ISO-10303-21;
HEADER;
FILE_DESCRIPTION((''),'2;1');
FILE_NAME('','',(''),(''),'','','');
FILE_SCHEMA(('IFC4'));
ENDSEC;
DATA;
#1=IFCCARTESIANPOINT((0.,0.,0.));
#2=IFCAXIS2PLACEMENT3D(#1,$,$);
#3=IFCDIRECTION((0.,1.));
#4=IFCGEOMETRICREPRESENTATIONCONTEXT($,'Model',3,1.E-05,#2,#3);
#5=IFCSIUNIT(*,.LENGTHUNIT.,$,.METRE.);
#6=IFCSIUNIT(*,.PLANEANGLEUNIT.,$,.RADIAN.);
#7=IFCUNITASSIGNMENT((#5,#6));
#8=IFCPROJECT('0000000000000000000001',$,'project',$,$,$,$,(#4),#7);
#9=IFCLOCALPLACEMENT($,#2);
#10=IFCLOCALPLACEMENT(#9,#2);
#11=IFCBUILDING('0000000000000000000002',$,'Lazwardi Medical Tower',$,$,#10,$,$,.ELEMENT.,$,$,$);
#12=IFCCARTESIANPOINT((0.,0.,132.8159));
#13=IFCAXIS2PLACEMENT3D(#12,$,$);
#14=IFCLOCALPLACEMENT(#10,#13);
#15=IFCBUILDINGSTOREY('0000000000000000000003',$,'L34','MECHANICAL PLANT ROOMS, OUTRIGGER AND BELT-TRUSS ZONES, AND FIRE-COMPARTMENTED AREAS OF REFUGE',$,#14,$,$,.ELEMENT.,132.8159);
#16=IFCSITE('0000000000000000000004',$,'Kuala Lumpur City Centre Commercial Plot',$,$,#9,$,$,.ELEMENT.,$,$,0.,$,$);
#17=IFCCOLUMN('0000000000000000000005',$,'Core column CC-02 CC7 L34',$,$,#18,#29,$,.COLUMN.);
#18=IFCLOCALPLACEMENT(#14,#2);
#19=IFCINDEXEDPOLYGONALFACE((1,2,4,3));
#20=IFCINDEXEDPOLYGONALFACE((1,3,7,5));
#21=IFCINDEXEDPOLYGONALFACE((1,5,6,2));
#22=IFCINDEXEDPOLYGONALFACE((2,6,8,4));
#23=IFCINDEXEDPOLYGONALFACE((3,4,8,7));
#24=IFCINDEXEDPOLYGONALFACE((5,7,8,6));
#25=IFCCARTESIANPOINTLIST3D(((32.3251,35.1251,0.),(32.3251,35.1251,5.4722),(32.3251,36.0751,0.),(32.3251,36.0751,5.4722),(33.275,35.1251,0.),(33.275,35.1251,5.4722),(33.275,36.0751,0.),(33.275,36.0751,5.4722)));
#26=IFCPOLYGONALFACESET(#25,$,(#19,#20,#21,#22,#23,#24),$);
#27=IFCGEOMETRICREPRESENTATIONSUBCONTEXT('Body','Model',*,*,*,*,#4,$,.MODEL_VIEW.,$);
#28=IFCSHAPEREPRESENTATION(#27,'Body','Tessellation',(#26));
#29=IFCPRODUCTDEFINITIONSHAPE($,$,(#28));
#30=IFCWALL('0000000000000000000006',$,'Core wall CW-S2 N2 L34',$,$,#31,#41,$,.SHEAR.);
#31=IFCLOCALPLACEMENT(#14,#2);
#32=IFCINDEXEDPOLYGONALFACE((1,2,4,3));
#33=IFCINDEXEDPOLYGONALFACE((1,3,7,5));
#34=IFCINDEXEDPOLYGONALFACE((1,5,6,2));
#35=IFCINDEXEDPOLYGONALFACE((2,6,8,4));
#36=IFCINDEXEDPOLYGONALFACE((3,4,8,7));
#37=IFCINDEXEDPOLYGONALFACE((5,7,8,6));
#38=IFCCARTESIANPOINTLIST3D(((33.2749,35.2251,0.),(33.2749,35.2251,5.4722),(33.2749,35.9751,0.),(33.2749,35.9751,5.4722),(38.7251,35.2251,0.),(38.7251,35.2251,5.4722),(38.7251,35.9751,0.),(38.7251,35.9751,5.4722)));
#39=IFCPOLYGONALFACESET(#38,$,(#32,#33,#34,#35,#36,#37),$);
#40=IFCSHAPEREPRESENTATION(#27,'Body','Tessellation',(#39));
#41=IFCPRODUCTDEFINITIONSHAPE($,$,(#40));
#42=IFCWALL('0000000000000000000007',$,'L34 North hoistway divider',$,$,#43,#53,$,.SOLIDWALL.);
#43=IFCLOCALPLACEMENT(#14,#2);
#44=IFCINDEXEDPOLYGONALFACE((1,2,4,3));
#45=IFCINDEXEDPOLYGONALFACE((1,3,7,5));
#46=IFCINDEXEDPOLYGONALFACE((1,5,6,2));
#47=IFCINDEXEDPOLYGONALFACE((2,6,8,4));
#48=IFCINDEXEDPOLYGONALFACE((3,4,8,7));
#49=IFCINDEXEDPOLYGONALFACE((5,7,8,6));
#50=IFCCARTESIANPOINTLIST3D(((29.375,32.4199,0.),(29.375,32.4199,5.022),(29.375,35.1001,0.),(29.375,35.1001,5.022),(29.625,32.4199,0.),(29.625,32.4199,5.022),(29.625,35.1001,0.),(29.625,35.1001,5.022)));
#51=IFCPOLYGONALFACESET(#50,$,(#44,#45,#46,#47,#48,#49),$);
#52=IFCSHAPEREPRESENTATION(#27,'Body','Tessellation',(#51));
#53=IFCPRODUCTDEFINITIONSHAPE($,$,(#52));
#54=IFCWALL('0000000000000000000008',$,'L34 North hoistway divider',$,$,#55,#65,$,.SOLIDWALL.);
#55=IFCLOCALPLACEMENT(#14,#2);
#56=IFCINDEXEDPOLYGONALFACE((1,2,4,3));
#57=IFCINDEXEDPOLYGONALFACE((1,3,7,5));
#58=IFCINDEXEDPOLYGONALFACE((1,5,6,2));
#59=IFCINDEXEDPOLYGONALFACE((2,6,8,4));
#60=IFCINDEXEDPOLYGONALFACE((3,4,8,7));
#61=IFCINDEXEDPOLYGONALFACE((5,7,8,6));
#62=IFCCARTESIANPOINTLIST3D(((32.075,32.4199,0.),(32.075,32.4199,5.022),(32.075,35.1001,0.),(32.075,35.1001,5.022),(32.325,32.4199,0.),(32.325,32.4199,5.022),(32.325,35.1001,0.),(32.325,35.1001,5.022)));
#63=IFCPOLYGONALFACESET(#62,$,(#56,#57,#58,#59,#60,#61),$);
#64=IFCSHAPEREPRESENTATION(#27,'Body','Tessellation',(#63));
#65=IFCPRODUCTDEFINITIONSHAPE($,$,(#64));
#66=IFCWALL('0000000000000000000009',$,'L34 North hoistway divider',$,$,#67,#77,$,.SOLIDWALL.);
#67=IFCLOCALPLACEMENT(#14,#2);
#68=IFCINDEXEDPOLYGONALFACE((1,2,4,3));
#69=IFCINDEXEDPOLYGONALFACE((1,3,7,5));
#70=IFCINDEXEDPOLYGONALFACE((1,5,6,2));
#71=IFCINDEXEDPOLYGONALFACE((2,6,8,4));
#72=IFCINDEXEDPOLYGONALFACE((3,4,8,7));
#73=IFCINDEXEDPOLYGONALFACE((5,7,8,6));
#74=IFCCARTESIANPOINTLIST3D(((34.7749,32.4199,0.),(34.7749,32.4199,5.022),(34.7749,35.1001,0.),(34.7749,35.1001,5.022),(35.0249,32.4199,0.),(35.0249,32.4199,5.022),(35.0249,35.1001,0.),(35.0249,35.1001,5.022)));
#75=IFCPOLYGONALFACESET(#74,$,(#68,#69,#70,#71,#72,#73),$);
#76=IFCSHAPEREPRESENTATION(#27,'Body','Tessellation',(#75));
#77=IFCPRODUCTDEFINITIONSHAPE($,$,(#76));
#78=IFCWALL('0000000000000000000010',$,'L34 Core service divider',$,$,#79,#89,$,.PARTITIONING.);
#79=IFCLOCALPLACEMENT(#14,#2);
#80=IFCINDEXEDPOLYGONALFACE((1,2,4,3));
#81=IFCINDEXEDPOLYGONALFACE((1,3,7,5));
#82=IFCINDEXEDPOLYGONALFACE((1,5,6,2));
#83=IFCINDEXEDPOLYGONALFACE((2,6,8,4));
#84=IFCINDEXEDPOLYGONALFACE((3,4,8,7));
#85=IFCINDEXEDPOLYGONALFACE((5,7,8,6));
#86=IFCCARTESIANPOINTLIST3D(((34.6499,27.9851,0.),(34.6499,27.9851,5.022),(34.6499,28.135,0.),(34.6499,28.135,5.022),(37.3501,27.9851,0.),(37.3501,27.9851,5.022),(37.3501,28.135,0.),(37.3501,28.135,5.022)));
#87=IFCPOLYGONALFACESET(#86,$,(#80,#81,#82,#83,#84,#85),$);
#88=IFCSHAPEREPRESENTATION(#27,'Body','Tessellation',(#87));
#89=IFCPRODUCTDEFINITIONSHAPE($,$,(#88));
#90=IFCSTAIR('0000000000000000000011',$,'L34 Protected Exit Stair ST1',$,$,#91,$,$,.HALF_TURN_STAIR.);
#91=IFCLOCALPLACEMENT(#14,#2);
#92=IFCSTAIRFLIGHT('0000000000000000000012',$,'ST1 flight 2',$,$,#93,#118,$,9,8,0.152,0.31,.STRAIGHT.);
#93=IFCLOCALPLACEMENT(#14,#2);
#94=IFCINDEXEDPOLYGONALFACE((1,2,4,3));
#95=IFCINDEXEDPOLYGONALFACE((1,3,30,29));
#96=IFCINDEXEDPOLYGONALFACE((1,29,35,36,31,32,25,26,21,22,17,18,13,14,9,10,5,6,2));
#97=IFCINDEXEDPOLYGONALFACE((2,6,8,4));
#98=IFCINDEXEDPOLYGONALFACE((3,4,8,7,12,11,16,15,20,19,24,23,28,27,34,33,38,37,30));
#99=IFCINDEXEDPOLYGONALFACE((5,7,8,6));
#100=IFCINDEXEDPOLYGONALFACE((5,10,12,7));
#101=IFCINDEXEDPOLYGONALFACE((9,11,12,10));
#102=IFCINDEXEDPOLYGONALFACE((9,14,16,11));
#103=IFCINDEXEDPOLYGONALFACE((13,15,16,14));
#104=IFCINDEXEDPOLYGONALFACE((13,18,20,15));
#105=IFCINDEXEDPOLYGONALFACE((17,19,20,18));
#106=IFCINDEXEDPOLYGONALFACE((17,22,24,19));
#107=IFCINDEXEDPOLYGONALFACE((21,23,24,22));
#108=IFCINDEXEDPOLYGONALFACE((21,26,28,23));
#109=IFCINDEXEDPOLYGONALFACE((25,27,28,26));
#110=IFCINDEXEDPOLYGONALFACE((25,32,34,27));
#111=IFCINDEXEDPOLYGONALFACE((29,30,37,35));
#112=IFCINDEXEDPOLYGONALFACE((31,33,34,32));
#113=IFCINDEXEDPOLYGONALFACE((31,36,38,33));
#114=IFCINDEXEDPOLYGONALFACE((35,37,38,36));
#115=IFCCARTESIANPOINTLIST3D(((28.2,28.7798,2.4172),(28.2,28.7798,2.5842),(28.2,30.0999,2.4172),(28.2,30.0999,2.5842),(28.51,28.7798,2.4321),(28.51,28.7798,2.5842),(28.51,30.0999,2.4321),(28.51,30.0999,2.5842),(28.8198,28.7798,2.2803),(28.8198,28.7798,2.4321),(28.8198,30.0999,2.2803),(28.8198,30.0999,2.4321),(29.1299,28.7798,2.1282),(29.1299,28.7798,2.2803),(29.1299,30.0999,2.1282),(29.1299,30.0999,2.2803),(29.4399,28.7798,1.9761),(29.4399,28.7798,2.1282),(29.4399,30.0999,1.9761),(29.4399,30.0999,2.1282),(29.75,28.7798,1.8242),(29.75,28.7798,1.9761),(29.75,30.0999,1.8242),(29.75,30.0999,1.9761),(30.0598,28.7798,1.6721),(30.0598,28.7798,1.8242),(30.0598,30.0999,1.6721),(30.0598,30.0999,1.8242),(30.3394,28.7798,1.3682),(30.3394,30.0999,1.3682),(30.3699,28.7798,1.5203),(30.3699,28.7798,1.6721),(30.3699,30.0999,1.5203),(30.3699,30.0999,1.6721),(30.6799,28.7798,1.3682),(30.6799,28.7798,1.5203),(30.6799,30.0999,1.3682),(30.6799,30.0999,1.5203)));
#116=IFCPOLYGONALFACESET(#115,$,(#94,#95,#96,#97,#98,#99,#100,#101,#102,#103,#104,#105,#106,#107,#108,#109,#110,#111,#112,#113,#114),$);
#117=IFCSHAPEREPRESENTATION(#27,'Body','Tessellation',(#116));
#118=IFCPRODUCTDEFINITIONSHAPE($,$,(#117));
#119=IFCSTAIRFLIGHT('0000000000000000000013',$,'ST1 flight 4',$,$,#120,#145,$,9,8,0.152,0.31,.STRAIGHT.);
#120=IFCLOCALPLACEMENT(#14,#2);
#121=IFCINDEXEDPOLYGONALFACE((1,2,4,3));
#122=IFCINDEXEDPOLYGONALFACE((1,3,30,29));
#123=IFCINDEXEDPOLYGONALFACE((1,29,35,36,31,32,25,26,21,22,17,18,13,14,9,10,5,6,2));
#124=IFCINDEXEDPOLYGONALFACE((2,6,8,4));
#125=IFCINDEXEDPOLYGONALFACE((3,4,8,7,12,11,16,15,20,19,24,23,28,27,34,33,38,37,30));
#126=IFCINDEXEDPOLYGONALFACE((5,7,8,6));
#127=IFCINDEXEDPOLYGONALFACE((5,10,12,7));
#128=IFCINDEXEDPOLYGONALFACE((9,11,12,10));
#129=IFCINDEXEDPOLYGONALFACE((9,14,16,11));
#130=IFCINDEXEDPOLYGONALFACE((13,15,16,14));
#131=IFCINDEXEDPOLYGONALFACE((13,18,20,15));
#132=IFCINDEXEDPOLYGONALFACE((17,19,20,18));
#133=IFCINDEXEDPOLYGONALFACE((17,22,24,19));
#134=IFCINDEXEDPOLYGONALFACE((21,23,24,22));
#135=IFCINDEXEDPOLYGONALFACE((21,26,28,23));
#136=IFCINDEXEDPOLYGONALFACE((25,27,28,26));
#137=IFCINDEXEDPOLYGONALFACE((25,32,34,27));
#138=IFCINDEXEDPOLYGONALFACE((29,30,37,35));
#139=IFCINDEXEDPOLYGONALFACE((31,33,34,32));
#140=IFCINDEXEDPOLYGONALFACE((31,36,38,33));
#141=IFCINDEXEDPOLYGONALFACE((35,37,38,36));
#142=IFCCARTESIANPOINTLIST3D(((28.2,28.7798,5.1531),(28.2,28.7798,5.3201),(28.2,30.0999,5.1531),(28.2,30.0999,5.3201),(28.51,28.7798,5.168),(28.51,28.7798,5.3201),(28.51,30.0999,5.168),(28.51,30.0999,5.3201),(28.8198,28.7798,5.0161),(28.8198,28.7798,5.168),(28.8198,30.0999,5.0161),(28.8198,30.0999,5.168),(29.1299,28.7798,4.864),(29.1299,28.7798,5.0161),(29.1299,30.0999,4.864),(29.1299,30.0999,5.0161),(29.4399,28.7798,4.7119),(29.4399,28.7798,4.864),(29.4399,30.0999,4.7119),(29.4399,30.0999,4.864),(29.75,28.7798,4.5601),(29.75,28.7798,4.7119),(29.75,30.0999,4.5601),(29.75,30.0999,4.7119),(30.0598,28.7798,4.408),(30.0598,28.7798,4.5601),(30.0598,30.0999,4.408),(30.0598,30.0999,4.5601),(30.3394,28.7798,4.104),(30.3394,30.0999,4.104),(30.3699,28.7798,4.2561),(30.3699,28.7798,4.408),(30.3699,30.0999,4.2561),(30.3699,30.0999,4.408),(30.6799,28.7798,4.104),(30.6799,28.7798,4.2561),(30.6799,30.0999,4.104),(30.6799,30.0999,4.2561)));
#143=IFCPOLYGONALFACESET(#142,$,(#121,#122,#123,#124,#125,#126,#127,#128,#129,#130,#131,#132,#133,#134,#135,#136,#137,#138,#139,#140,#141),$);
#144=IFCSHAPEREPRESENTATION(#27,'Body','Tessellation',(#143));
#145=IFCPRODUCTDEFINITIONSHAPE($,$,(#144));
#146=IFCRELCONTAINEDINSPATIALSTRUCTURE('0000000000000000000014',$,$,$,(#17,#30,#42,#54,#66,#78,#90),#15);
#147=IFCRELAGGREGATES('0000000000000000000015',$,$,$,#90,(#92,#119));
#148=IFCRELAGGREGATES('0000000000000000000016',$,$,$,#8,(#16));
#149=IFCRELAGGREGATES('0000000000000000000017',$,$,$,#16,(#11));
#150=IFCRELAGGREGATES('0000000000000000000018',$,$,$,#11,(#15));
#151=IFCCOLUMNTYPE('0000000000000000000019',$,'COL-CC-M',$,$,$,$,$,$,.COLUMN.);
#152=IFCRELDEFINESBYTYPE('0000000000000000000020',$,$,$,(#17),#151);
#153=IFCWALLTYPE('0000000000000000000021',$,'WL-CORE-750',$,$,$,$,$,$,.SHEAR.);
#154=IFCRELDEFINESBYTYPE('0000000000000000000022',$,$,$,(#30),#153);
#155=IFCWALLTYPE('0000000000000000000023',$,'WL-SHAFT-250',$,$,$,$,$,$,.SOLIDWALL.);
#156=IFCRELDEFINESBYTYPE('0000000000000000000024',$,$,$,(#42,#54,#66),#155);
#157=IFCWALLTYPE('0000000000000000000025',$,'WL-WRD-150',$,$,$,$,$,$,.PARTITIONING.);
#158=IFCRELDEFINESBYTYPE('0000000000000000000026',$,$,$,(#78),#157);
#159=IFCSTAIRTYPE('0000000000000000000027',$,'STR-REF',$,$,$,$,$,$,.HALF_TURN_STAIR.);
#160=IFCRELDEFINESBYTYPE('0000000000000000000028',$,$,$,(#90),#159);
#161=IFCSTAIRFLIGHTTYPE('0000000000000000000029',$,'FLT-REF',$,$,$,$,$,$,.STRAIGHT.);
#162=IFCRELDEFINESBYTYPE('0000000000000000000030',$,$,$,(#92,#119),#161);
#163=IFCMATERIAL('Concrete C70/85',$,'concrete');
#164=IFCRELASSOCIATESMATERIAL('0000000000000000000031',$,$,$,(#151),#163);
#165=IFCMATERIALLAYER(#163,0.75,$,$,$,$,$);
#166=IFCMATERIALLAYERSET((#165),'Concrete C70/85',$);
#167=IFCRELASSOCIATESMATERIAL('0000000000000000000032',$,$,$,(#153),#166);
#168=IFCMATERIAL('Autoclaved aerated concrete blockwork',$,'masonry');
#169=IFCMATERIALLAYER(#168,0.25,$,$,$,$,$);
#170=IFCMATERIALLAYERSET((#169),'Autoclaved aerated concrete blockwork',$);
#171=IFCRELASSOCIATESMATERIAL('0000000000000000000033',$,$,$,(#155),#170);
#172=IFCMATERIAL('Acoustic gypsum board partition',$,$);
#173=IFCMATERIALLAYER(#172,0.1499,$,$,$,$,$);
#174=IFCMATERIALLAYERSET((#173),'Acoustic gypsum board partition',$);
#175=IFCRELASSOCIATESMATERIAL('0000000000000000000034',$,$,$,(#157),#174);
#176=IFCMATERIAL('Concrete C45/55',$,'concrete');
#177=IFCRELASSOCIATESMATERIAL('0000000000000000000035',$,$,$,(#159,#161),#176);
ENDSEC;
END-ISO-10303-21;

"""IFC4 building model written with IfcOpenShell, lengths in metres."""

from ifc_helpers import new_model, si_unit, direction, frame, frame_2d, origin, origin_2d, place, context, subcontext, project, spatial, polyline, rectangle, outline, extrude, material, layer, layer_set, material_profile, profile_set, type_object, element, aggregate, save


model = new_model("IFC4")

# Units and contexts
model_context = context("Model", 3, precision=1e-05, world=origin(), true_north=direction((0.0, 1.0)))
body_context = subcontext(model_context, "Body", "Model", "MODEL_VIEW")
ifc_project = project(units=[si_unit("LENGTHUNIT", "METRE"), si_unit("PLANEANGLEUNIT", "RADIAN")], contexts=[model_context])

# Site, building, storey
site_placement = place(None, origin())
site = spatial("IfcSite", under=ifc_project, at=site_placement, Name="Kuala Lumpur City Centre Commercial Plot", CompositionType="ELEMENT", RefElevation=0.0)
building_placement = place(site_placement, origin())
building = spatial("IfcBuilding", under=site, at=building_placement, Name="Lazwardi Medical Tower", CompositionType="ELEMENT")
storey_placement = place(building_placement, frame((0.0, 0.0, 132.8159)))
storey = spatial("IfcBuildingStorey", under=building, at=storey_placement, Name="L34", Description="MECHANICAL PLANT ROOMS, OUTRIGGER AND BELT-TRUSS ZONES, AND FIRE-COMPARTMENTED AREAS OF REFUGE", CompositionType="ELEMENT", Elevation=132.8159)

# Column
ifc_material_1 = material(Name="Concrete C70/85", Category="concrete")
ifc_material_profile = material_profile(ifc_material_1, rectangle(XDim=0.95, YDim=0.95, at=origin_2d()), Name="RC 950x950")
ifc_profile_set = profile_set([ifc_material_profile], Name="Concrete C70/85")
column_type = type_object("IfcColumnType", Name="COL-CC-M", PredefinedType="COLUMN", material=ifc_profile_set)
column_placement = place(storey_placement, frame((32.8, 35.6001, 0.0), z_axis=(0.0, 0.0, 1.0), x_axis=(1.0, 0.0, 0.0)))
element("IfcColumn", 1, at=column_placement, inside=storey, type_object=column_type, Name="Core column CC-02 CC7 L34", PredefinedType="COLUMN", context=body_context, shape_type="SweptSolid", body=[
    extrude(rectangle(XDim=0.95, YDim=0.95, at=origin_2d()), origin(), (0.0, 0.0, 1.0), 5.4722),
])

# Walls
ifc_layer_1 = layer(ifc_material_1, 0.75)
ifc_layer_set_1 = layer_set([ifc_layer_1], Name="Concrete C70/85")
wall_type_1 = type_object("IfcWallType", Name="WL-CORE-750", PredefinedType="SHEAR", material=ifc_layer_set_1)
wall_1_placement = place(storey_placement, frame((33.2749, 35.6001, 0.0), z_axis=(0.0, 0.0, 1.0), x_axis=(1.0, 0.0, 0.0)))
element("IfcWall", 2, at=wall_1_placement, inside=storey, type_object=wall_type_1, Name="Core wall CW-S2 N2 L34", PredefinedType="SHEAR", context=body_context, shape_type="SweptSolid", body=[
    extrude(rectangle(XDim=5.4502, YDim=0.75, at=frame_2d((2.7251, 0.0))), origin(), (0.0, 0.0, 1.0), 5.4722),
])
ifc_material_2 = material(Name="Autoclaved aerated concrete blockwork", Category="masonry")
ifc_layer_2 = layer(ifc_material_2, 0.25)
ifc_layer_set_2 = layer_set([ifc_layer_2], Name="Autoclaved aerated concrete blockwork")
wall_type_2 = type_object("IfcWallType", Name="WL-SHAFT-250", PredefinedType="SOLIDWALL", material=ifc_layer_set_2)
for number, where, z_axis, x_axis, name in (
    (3, (29.5, 32.4199, 0.0), (0.0, 0.0, 1.0), (0.0, 1.0, 0.0), "L34 North hoistway divider"),
    (4, (32.2, 32.4199, 0.0), (0.0, 0.0, 1.0), (0.0, 1.0, 0.0), "L34 North hoistway divider"),
    (5, (34.8999, 32.4199, 0.0), (0.0, 0.0, 1.0), (0.0, 1.0, 0.0), "L34 North hoistway divider"),
):
    element("IfcWall", number, at=place(storey_placement, frame(where, z_axis=z_axis, x_axis=x_axis)), inside=storey, type_object=wall_type_2, Name=name, PredefinedType="SOLIDWALL", context=body_context, shape_type="SweptSolid", body=[
        extrude(rectangle(XDim=2.6802, YDim=0.25, at=frame_2d((1.3401, 0.0))), origin(), (0.0, 0.0, 1.0), 5.022),
    ])

# Wall
ifc_material_3 = material(Name="Acoustic gypsum board partition")
ifc_layer_3 = layer(ifc_material_3, 0.1499)
ifc_layer_set_3 = layer_set([ifc_layer_3], Name="Acoustic gypsum board partition")
wall_type_3 = type_object("IfcWallType", Name="WL-WRD-150", PredefinedType="PARTITIONING", material=ifc_layer_set_3)
wall_2_placement = place(storey_placement, frame((34.6499, 28.0601, 0.0), z_axis=(0.0, 0.0, 1.0), x_axis=(1.0, 0.0, 0.0)))
element("IfcWall", 6, at=wall_2_placement, inside=storey, type_object=wall_type_3, Name="L34 Core service divider", PredefinedType="PARTITIONING", context=body_context, shape_type="SweptSolid", body=[
    extrude(rectangle(XDim=2.7002, YDim=0.1499, at=frame_2d((1.3501, 0.0))), origin(), (0.0, 0.0, 1.0), 5.022),
])

# Stair, stair flights
ifc_material_4 = material(Name="Concrete C45/55", Category="concrete")
stair_type = type_object("IfcStairType", Name="STR-REF", PredefinedType="HALF_TURN_STAIR", material=ifc_material_4)
stair_placement = place(storey_placement, origin())
stair = element("IfcStair", 7, at=stair_placement, inside=storey, type_object=stair_type, Name="L34 Protected Exit Stair ST1", PredefinedType="HALF_TURN_STAIR")
stair_flight_type = type_object("IfcStairFlightType", Name="FLT-REF", PredefinedType="STRAIGHT", material=ifc_material_4)
stair_flight_1_placement = place(storey_placement, frame((30.6799, 29.4399, 1.3682), z_axis=(0.0, 0.0, 1.0), x_axis=(-1.0, 0.0, 0.0)))
stair_flight_1 = element("IfcStairFlight", 8, at=stair_flight_1_placement, type_object=stair_flight_type, Name="ST1 flight 2", NumberOfRisers=9, NumberOfTreads=8, PredefinedType="STRAIGHT", RiserHeight=0.152, TreadLength=0.31, context=body_context, shape_type="SweptSolid", body=[
    extrude(outline(polyline([(0.0, 0.0), (0.0, 0.1521), (0.3101, 0.1521), (0.3101, 0.304), (0.6201, 0.304), (0.6201, 0.4561), (0.9299, 0.4561), (0.9299, 0.6079), (1.24, 0.6079), (1.24, 0.76), (1.55, 0.76), (1.55, 0.9121), (1.8601, 0.9121), (1.8601, 1.064), (2.1699, 1.064), (2.1699, 1.2161), (2.48, 1.2161), (2.48, 1.3679), (2.48, 1.0491), (0.3406, 0.0), (0.0, 0.0)])), frame((0.0, 0.6602, 0.0), z_axis=(0.0, -1.0, 0.0), x_axis=(1.0, 0.0, 0.0)), (0.0, 0.0, 1.0), 1.3201),
])
stair_flight_2_placement = place(storey_placement, frame((30.6799, 29.4399, 4.104), z_axis=(0.0, 0.0, 1.0), x_axis=(-1.0, 0.0, 0.0)))
stair_flight_2 = element("IfcStairFlight", 9, at=stair_flight_2_placement, type_object=stair_flight_type, Name="ST1 flight 4", NumberOfRisers=9, NumberOfTreads=8, PredefinedType="STRAIGHT", RiserHeight=0.152, TreadLength=0.31, context=body_context, shape_type="SweptSolid", body=[
    extrude(outline(polyline([(0.0, 0.0), (0.0, 0.1521), (0.3101, 0.1521), (0.3101, 0.304), (0.6201, 0.304), (0.6201, 0.4561), (0.9299, 0.4561), (0.9299, 0.6079), (1.24, 0.6079), (1.24, 0.76), (1.55, 0.76), (1.55, 0.9121), (1.8601, 0.9121), (1.8601, 1.064), (2.1699, 1.064), (2.1699, 1.2161), (2.48, 1.2161), (2.48, 1.3679), (2.48, 1.0491), (0.3406, 0.0), (0.0, 0.0)])), frame((0.0, 0.6602, 0.0), z_axis=(0.0, -1.0, 0.0), x_axis=(1.0, 0.0, 0.0)), (0.0, 0.0, 1.0), 1.3201),
])
aggregate(stair, [stair_flight_1, stair_flight_2])

save(model, "model.ifc")
